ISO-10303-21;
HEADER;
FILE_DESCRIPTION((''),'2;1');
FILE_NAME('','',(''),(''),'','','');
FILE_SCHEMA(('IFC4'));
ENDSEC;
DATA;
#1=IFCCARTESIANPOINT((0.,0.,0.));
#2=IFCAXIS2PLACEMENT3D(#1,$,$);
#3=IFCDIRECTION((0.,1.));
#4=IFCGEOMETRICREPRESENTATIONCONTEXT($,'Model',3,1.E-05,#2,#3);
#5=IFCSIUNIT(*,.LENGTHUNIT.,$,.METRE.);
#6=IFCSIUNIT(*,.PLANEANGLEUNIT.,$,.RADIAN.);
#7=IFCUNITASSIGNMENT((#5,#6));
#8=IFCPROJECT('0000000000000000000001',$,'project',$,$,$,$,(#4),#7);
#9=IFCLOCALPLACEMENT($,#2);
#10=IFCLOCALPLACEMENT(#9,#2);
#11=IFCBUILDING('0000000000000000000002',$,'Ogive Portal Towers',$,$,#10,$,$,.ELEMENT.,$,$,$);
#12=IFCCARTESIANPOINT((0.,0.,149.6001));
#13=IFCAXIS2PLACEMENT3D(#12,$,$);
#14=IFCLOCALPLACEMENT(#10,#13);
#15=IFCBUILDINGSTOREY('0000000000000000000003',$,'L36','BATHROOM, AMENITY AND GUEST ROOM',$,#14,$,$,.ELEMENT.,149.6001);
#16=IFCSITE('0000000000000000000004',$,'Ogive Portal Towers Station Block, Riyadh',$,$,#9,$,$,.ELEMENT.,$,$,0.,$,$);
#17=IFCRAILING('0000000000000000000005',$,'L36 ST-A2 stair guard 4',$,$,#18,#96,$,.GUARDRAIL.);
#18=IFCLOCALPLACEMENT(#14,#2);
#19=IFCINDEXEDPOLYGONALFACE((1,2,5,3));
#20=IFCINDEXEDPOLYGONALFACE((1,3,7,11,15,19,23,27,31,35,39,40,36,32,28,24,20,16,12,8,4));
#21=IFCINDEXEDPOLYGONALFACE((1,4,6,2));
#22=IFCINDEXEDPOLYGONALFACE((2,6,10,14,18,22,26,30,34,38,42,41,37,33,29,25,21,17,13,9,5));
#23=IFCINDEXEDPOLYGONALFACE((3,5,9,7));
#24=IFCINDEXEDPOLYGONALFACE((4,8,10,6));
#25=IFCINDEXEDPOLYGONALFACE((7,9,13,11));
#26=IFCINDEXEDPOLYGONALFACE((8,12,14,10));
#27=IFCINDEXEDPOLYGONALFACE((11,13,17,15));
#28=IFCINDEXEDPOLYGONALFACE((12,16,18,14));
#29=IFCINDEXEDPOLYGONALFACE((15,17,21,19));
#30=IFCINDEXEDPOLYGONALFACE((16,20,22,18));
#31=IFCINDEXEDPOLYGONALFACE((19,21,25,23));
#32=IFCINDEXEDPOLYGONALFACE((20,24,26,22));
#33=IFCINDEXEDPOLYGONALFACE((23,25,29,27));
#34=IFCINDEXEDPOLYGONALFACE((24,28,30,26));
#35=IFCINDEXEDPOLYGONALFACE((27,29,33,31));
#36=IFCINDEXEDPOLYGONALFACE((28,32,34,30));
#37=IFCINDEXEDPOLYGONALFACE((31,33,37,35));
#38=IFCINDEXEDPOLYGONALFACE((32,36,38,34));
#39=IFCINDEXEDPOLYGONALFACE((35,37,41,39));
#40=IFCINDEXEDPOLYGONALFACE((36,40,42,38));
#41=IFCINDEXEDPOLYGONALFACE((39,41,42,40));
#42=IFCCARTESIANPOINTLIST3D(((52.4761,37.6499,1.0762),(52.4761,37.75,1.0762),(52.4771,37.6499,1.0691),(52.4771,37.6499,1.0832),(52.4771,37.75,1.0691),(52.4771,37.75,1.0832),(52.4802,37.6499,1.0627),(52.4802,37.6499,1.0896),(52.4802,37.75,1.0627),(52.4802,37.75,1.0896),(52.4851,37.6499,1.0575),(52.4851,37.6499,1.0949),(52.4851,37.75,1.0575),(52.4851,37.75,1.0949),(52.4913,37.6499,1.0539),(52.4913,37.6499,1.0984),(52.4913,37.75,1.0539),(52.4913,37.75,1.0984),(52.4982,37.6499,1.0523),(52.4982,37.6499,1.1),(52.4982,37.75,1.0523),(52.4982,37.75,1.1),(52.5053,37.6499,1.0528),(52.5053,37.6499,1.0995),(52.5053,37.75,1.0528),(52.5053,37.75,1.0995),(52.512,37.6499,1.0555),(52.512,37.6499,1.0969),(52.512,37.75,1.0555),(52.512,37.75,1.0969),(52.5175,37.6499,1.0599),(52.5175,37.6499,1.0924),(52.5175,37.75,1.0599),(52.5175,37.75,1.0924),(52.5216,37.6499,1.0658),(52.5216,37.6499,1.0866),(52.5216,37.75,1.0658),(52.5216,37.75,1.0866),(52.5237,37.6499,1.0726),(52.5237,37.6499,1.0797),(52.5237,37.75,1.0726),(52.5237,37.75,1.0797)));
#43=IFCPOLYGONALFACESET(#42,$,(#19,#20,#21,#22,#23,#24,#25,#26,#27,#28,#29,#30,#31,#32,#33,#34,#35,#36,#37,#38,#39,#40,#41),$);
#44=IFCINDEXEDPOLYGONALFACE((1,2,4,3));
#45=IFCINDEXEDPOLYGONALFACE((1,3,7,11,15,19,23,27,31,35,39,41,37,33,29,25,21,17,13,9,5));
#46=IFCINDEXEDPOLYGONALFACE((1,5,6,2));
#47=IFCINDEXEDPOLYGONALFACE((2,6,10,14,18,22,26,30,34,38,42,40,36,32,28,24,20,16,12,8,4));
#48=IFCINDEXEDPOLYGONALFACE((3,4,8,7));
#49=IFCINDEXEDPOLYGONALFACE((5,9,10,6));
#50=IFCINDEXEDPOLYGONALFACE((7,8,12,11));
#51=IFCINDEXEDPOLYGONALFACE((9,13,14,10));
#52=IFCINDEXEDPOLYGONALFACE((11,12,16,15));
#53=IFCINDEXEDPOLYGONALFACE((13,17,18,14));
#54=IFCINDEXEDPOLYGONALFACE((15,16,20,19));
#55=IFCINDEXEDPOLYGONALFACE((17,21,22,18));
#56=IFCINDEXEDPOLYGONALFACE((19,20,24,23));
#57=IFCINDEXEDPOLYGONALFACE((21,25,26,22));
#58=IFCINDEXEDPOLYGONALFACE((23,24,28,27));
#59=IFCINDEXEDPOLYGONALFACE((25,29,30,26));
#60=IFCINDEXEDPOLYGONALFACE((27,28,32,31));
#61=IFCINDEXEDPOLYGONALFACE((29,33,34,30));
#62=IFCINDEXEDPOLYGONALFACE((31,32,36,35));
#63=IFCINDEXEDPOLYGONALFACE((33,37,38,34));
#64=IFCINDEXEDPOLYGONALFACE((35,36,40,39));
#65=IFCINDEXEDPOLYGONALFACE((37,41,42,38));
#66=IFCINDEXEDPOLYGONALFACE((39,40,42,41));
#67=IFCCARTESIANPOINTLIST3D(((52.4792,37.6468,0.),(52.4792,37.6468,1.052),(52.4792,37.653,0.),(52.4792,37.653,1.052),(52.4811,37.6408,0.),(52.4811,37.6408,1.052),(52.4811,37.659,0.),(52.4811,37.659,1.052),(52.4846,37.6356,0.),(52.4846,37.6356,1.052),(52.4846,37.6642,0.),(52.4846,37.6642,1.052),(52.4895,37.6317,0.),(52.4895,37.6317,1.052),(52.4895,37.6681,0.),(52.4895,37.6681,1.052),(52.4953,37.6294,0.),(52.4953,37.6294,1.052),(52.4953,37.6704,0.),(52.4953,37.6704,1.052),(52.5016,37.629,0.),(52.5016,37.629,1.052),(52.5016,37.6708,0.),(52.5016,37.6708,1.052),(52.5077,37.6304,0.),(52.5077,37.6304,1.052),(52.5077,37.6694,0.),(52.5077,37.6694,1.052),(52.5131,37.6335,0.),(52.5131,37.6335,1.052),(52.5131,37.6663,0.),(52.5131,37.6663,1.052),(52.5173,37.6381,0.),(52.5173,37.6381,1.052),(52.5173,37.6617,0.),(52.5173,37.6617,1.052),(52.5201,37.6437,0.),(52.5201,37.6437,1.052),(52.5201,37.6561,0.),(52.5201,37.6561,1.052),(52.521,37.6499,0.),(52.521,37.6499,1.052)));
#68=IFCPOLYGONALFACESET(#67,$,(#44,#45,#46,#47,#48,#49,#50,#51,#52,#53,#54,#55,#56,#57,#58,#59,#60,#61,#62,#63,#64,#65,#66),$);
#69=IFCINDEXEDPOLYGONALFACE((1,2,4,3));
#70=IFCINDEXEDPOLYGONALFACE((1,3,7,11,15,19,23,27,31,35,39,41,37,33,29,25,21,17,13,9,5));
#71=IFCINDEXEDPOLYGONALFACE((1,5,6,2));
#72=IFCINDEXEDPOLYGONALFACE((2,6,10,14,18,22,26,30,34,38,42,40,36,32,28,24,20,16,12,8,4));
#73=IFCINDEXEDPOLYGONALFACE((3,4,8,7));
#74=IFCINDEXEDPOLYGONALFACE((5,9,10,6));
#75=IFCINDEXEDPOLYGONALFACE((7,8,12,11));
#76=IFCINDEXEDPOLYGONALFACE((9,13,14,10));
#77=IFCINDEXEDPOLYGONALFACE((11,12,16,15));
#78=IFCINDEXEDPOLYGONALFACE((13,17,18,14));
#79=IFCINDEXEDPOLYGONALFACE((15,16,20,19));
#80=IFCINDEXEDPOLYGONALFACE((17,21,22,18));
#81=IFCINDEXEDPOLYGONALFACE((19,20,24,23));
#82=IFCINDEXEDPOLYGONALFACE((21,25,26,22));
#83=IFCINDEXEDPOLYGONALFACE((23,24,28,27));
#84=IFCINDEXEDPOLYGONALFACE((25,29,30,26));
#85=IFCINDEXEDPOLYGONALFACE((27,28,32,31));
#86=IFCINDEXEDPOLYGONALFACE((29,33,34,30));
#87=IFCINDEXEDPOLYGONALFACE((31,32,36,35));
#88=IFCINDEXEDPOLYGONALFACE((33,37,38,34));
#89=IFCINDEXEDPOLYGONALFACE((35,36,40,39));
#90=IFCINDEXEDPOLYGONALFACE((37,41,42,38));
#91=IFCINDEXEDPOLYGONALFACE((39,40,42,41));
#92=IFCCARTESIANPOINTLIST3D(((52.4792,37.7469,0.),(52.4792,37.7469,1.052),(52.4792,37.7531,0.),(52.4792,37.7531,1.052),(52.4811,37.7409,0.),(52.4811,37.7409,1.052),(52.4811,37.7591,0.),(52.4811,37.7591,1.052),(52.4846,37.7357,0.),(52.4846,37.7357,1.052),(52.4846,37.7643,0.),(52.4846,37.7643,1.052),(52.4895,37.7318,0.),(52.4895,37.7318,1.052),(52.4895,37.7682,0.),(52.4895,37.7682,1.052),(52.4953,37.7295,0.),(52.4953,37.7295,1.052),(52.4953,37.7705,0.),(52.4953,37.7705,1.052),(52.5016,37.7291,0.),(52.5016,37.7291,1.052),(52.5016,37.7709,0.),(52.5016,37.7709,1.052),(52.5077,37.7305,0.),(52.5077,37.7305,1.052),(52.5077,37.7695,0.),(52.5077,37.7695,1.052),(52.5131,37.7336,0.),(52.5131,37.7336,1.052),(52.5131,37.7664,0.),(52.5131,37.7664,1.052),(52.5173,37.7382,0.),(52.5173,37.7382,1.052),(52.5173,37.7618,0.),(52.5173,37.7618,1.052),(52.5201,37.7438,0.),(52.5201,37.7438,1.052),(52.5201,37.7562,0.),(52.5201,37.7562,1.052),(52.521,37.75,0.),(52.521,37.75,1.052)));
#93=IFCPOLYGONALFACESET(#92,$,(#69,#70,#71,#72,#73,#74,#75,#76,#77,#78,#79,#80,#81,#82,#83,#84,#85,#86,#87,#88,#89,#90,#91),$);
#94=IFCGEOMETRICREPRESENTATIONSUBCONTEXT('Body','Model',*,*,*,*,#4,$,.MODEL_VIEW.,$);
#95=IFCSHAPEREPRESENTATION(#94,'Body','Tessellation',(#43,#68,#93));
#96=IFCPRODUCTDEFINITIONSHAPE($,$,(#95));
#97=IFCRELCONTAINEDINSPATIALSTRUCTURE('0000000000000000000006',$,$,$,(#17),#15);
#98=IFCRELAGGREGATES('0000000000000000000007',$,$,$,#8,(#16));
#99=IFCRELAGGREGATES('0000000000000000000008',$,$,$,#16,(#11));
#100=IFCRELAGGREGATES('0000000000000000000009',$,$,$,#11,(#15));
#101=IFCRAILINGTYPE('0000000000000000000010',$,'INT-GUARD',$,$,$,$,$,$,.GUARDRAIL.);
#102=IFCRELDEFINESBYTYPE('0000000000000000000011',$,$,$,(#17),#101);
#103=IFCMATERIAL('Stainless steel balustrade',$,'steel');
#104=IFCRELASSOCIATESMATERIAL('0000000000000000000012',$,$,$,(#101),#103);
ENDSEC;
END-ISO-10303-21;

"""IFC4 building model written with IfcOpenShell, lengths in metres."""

from ifc_helpers import new_model, si_unit, direction, frame, origin, origin_2d, place, context, subcontext, project, spatial, circle, extrude, material, type_object, element, save


model = new_model("IFC4")

# Units and contexts
model_context = context("Model", 3, precision=1e-05, world=origin(), true_north=direction((0.0, 1.0)))
body_context = subcontext(model_context, "Body", "Model", "MODEL_VIEW")
ifc_project = project(units=[si_unit("LENGTHUNIT", "METRE"), si_unit("PLANEANGLEUNIT", "RADIAN")], contexts=[model_context])

# Site, building, storey
site_placement = place(None, origin())
site = spatial("IfcSite", under=ifc_project, at=site_placement, Name="Ogive Portal Towers Station Block, Riyadh", CompositionType="ELEMENT", RefElevation=0.0)
building_placement = place(site_placement, origin())
building = spatial("IfcBuilding", under=site, at=building_placement, Name="Ogive Portal Towers", CompositionType="ELEMENT")
storey_placement = place(building_placement, frame((0.0, 0.0, 149.6001)))
storey = spatial("IfcBuildingStorey", under=building, at=storey_placement, Name="L36", Description="BATHROOM, AMENITY AND GUEST ROOM", CompositionType="ELEMENT", Elevation=149.6001)

# Railing
ifc_material_1 = material(Name="Stainless steel balustrade", Category="steel")
railing_type_1 = type_object("IfcRailingType", Name="INT-GUARD", PredefinedType="GUARDRAIL", material=ifc_material_1)
railing_1_placement = place(storey_placement, frame((52.5, 37.6499, 0.0)))
element("IfcRailing", 1, at=railing_1_placement, inside=storey, type_object=railing_type_1, Name="L36 ST-A2 stair guard 4", PredefinedType="GUARDRAIL", context=body_context, shape_type="SweptSolid", body=[
    extrude(circle(Radius=0.0239, at=origin_2d()), frame((0.0, 0.0, 1.0762), z_axis=(0.0, 1.0, 0.0), x_axis=(-1.0, 0.0, 0.0)), (0.0, 0.0, 1.0), 0.1001),
    extrude(circle(Radius=0.021, at=origin_2d()), origin(), (0.0, 0.0, 1.0), 1.052),
    extrude(circle(Radius=0.021, at=origin_2d()), frame((0.0, 0.1001, 0.0)), (0.0, 0.0, 1.0), 1.052),
])

save(model, "model.ifc")
